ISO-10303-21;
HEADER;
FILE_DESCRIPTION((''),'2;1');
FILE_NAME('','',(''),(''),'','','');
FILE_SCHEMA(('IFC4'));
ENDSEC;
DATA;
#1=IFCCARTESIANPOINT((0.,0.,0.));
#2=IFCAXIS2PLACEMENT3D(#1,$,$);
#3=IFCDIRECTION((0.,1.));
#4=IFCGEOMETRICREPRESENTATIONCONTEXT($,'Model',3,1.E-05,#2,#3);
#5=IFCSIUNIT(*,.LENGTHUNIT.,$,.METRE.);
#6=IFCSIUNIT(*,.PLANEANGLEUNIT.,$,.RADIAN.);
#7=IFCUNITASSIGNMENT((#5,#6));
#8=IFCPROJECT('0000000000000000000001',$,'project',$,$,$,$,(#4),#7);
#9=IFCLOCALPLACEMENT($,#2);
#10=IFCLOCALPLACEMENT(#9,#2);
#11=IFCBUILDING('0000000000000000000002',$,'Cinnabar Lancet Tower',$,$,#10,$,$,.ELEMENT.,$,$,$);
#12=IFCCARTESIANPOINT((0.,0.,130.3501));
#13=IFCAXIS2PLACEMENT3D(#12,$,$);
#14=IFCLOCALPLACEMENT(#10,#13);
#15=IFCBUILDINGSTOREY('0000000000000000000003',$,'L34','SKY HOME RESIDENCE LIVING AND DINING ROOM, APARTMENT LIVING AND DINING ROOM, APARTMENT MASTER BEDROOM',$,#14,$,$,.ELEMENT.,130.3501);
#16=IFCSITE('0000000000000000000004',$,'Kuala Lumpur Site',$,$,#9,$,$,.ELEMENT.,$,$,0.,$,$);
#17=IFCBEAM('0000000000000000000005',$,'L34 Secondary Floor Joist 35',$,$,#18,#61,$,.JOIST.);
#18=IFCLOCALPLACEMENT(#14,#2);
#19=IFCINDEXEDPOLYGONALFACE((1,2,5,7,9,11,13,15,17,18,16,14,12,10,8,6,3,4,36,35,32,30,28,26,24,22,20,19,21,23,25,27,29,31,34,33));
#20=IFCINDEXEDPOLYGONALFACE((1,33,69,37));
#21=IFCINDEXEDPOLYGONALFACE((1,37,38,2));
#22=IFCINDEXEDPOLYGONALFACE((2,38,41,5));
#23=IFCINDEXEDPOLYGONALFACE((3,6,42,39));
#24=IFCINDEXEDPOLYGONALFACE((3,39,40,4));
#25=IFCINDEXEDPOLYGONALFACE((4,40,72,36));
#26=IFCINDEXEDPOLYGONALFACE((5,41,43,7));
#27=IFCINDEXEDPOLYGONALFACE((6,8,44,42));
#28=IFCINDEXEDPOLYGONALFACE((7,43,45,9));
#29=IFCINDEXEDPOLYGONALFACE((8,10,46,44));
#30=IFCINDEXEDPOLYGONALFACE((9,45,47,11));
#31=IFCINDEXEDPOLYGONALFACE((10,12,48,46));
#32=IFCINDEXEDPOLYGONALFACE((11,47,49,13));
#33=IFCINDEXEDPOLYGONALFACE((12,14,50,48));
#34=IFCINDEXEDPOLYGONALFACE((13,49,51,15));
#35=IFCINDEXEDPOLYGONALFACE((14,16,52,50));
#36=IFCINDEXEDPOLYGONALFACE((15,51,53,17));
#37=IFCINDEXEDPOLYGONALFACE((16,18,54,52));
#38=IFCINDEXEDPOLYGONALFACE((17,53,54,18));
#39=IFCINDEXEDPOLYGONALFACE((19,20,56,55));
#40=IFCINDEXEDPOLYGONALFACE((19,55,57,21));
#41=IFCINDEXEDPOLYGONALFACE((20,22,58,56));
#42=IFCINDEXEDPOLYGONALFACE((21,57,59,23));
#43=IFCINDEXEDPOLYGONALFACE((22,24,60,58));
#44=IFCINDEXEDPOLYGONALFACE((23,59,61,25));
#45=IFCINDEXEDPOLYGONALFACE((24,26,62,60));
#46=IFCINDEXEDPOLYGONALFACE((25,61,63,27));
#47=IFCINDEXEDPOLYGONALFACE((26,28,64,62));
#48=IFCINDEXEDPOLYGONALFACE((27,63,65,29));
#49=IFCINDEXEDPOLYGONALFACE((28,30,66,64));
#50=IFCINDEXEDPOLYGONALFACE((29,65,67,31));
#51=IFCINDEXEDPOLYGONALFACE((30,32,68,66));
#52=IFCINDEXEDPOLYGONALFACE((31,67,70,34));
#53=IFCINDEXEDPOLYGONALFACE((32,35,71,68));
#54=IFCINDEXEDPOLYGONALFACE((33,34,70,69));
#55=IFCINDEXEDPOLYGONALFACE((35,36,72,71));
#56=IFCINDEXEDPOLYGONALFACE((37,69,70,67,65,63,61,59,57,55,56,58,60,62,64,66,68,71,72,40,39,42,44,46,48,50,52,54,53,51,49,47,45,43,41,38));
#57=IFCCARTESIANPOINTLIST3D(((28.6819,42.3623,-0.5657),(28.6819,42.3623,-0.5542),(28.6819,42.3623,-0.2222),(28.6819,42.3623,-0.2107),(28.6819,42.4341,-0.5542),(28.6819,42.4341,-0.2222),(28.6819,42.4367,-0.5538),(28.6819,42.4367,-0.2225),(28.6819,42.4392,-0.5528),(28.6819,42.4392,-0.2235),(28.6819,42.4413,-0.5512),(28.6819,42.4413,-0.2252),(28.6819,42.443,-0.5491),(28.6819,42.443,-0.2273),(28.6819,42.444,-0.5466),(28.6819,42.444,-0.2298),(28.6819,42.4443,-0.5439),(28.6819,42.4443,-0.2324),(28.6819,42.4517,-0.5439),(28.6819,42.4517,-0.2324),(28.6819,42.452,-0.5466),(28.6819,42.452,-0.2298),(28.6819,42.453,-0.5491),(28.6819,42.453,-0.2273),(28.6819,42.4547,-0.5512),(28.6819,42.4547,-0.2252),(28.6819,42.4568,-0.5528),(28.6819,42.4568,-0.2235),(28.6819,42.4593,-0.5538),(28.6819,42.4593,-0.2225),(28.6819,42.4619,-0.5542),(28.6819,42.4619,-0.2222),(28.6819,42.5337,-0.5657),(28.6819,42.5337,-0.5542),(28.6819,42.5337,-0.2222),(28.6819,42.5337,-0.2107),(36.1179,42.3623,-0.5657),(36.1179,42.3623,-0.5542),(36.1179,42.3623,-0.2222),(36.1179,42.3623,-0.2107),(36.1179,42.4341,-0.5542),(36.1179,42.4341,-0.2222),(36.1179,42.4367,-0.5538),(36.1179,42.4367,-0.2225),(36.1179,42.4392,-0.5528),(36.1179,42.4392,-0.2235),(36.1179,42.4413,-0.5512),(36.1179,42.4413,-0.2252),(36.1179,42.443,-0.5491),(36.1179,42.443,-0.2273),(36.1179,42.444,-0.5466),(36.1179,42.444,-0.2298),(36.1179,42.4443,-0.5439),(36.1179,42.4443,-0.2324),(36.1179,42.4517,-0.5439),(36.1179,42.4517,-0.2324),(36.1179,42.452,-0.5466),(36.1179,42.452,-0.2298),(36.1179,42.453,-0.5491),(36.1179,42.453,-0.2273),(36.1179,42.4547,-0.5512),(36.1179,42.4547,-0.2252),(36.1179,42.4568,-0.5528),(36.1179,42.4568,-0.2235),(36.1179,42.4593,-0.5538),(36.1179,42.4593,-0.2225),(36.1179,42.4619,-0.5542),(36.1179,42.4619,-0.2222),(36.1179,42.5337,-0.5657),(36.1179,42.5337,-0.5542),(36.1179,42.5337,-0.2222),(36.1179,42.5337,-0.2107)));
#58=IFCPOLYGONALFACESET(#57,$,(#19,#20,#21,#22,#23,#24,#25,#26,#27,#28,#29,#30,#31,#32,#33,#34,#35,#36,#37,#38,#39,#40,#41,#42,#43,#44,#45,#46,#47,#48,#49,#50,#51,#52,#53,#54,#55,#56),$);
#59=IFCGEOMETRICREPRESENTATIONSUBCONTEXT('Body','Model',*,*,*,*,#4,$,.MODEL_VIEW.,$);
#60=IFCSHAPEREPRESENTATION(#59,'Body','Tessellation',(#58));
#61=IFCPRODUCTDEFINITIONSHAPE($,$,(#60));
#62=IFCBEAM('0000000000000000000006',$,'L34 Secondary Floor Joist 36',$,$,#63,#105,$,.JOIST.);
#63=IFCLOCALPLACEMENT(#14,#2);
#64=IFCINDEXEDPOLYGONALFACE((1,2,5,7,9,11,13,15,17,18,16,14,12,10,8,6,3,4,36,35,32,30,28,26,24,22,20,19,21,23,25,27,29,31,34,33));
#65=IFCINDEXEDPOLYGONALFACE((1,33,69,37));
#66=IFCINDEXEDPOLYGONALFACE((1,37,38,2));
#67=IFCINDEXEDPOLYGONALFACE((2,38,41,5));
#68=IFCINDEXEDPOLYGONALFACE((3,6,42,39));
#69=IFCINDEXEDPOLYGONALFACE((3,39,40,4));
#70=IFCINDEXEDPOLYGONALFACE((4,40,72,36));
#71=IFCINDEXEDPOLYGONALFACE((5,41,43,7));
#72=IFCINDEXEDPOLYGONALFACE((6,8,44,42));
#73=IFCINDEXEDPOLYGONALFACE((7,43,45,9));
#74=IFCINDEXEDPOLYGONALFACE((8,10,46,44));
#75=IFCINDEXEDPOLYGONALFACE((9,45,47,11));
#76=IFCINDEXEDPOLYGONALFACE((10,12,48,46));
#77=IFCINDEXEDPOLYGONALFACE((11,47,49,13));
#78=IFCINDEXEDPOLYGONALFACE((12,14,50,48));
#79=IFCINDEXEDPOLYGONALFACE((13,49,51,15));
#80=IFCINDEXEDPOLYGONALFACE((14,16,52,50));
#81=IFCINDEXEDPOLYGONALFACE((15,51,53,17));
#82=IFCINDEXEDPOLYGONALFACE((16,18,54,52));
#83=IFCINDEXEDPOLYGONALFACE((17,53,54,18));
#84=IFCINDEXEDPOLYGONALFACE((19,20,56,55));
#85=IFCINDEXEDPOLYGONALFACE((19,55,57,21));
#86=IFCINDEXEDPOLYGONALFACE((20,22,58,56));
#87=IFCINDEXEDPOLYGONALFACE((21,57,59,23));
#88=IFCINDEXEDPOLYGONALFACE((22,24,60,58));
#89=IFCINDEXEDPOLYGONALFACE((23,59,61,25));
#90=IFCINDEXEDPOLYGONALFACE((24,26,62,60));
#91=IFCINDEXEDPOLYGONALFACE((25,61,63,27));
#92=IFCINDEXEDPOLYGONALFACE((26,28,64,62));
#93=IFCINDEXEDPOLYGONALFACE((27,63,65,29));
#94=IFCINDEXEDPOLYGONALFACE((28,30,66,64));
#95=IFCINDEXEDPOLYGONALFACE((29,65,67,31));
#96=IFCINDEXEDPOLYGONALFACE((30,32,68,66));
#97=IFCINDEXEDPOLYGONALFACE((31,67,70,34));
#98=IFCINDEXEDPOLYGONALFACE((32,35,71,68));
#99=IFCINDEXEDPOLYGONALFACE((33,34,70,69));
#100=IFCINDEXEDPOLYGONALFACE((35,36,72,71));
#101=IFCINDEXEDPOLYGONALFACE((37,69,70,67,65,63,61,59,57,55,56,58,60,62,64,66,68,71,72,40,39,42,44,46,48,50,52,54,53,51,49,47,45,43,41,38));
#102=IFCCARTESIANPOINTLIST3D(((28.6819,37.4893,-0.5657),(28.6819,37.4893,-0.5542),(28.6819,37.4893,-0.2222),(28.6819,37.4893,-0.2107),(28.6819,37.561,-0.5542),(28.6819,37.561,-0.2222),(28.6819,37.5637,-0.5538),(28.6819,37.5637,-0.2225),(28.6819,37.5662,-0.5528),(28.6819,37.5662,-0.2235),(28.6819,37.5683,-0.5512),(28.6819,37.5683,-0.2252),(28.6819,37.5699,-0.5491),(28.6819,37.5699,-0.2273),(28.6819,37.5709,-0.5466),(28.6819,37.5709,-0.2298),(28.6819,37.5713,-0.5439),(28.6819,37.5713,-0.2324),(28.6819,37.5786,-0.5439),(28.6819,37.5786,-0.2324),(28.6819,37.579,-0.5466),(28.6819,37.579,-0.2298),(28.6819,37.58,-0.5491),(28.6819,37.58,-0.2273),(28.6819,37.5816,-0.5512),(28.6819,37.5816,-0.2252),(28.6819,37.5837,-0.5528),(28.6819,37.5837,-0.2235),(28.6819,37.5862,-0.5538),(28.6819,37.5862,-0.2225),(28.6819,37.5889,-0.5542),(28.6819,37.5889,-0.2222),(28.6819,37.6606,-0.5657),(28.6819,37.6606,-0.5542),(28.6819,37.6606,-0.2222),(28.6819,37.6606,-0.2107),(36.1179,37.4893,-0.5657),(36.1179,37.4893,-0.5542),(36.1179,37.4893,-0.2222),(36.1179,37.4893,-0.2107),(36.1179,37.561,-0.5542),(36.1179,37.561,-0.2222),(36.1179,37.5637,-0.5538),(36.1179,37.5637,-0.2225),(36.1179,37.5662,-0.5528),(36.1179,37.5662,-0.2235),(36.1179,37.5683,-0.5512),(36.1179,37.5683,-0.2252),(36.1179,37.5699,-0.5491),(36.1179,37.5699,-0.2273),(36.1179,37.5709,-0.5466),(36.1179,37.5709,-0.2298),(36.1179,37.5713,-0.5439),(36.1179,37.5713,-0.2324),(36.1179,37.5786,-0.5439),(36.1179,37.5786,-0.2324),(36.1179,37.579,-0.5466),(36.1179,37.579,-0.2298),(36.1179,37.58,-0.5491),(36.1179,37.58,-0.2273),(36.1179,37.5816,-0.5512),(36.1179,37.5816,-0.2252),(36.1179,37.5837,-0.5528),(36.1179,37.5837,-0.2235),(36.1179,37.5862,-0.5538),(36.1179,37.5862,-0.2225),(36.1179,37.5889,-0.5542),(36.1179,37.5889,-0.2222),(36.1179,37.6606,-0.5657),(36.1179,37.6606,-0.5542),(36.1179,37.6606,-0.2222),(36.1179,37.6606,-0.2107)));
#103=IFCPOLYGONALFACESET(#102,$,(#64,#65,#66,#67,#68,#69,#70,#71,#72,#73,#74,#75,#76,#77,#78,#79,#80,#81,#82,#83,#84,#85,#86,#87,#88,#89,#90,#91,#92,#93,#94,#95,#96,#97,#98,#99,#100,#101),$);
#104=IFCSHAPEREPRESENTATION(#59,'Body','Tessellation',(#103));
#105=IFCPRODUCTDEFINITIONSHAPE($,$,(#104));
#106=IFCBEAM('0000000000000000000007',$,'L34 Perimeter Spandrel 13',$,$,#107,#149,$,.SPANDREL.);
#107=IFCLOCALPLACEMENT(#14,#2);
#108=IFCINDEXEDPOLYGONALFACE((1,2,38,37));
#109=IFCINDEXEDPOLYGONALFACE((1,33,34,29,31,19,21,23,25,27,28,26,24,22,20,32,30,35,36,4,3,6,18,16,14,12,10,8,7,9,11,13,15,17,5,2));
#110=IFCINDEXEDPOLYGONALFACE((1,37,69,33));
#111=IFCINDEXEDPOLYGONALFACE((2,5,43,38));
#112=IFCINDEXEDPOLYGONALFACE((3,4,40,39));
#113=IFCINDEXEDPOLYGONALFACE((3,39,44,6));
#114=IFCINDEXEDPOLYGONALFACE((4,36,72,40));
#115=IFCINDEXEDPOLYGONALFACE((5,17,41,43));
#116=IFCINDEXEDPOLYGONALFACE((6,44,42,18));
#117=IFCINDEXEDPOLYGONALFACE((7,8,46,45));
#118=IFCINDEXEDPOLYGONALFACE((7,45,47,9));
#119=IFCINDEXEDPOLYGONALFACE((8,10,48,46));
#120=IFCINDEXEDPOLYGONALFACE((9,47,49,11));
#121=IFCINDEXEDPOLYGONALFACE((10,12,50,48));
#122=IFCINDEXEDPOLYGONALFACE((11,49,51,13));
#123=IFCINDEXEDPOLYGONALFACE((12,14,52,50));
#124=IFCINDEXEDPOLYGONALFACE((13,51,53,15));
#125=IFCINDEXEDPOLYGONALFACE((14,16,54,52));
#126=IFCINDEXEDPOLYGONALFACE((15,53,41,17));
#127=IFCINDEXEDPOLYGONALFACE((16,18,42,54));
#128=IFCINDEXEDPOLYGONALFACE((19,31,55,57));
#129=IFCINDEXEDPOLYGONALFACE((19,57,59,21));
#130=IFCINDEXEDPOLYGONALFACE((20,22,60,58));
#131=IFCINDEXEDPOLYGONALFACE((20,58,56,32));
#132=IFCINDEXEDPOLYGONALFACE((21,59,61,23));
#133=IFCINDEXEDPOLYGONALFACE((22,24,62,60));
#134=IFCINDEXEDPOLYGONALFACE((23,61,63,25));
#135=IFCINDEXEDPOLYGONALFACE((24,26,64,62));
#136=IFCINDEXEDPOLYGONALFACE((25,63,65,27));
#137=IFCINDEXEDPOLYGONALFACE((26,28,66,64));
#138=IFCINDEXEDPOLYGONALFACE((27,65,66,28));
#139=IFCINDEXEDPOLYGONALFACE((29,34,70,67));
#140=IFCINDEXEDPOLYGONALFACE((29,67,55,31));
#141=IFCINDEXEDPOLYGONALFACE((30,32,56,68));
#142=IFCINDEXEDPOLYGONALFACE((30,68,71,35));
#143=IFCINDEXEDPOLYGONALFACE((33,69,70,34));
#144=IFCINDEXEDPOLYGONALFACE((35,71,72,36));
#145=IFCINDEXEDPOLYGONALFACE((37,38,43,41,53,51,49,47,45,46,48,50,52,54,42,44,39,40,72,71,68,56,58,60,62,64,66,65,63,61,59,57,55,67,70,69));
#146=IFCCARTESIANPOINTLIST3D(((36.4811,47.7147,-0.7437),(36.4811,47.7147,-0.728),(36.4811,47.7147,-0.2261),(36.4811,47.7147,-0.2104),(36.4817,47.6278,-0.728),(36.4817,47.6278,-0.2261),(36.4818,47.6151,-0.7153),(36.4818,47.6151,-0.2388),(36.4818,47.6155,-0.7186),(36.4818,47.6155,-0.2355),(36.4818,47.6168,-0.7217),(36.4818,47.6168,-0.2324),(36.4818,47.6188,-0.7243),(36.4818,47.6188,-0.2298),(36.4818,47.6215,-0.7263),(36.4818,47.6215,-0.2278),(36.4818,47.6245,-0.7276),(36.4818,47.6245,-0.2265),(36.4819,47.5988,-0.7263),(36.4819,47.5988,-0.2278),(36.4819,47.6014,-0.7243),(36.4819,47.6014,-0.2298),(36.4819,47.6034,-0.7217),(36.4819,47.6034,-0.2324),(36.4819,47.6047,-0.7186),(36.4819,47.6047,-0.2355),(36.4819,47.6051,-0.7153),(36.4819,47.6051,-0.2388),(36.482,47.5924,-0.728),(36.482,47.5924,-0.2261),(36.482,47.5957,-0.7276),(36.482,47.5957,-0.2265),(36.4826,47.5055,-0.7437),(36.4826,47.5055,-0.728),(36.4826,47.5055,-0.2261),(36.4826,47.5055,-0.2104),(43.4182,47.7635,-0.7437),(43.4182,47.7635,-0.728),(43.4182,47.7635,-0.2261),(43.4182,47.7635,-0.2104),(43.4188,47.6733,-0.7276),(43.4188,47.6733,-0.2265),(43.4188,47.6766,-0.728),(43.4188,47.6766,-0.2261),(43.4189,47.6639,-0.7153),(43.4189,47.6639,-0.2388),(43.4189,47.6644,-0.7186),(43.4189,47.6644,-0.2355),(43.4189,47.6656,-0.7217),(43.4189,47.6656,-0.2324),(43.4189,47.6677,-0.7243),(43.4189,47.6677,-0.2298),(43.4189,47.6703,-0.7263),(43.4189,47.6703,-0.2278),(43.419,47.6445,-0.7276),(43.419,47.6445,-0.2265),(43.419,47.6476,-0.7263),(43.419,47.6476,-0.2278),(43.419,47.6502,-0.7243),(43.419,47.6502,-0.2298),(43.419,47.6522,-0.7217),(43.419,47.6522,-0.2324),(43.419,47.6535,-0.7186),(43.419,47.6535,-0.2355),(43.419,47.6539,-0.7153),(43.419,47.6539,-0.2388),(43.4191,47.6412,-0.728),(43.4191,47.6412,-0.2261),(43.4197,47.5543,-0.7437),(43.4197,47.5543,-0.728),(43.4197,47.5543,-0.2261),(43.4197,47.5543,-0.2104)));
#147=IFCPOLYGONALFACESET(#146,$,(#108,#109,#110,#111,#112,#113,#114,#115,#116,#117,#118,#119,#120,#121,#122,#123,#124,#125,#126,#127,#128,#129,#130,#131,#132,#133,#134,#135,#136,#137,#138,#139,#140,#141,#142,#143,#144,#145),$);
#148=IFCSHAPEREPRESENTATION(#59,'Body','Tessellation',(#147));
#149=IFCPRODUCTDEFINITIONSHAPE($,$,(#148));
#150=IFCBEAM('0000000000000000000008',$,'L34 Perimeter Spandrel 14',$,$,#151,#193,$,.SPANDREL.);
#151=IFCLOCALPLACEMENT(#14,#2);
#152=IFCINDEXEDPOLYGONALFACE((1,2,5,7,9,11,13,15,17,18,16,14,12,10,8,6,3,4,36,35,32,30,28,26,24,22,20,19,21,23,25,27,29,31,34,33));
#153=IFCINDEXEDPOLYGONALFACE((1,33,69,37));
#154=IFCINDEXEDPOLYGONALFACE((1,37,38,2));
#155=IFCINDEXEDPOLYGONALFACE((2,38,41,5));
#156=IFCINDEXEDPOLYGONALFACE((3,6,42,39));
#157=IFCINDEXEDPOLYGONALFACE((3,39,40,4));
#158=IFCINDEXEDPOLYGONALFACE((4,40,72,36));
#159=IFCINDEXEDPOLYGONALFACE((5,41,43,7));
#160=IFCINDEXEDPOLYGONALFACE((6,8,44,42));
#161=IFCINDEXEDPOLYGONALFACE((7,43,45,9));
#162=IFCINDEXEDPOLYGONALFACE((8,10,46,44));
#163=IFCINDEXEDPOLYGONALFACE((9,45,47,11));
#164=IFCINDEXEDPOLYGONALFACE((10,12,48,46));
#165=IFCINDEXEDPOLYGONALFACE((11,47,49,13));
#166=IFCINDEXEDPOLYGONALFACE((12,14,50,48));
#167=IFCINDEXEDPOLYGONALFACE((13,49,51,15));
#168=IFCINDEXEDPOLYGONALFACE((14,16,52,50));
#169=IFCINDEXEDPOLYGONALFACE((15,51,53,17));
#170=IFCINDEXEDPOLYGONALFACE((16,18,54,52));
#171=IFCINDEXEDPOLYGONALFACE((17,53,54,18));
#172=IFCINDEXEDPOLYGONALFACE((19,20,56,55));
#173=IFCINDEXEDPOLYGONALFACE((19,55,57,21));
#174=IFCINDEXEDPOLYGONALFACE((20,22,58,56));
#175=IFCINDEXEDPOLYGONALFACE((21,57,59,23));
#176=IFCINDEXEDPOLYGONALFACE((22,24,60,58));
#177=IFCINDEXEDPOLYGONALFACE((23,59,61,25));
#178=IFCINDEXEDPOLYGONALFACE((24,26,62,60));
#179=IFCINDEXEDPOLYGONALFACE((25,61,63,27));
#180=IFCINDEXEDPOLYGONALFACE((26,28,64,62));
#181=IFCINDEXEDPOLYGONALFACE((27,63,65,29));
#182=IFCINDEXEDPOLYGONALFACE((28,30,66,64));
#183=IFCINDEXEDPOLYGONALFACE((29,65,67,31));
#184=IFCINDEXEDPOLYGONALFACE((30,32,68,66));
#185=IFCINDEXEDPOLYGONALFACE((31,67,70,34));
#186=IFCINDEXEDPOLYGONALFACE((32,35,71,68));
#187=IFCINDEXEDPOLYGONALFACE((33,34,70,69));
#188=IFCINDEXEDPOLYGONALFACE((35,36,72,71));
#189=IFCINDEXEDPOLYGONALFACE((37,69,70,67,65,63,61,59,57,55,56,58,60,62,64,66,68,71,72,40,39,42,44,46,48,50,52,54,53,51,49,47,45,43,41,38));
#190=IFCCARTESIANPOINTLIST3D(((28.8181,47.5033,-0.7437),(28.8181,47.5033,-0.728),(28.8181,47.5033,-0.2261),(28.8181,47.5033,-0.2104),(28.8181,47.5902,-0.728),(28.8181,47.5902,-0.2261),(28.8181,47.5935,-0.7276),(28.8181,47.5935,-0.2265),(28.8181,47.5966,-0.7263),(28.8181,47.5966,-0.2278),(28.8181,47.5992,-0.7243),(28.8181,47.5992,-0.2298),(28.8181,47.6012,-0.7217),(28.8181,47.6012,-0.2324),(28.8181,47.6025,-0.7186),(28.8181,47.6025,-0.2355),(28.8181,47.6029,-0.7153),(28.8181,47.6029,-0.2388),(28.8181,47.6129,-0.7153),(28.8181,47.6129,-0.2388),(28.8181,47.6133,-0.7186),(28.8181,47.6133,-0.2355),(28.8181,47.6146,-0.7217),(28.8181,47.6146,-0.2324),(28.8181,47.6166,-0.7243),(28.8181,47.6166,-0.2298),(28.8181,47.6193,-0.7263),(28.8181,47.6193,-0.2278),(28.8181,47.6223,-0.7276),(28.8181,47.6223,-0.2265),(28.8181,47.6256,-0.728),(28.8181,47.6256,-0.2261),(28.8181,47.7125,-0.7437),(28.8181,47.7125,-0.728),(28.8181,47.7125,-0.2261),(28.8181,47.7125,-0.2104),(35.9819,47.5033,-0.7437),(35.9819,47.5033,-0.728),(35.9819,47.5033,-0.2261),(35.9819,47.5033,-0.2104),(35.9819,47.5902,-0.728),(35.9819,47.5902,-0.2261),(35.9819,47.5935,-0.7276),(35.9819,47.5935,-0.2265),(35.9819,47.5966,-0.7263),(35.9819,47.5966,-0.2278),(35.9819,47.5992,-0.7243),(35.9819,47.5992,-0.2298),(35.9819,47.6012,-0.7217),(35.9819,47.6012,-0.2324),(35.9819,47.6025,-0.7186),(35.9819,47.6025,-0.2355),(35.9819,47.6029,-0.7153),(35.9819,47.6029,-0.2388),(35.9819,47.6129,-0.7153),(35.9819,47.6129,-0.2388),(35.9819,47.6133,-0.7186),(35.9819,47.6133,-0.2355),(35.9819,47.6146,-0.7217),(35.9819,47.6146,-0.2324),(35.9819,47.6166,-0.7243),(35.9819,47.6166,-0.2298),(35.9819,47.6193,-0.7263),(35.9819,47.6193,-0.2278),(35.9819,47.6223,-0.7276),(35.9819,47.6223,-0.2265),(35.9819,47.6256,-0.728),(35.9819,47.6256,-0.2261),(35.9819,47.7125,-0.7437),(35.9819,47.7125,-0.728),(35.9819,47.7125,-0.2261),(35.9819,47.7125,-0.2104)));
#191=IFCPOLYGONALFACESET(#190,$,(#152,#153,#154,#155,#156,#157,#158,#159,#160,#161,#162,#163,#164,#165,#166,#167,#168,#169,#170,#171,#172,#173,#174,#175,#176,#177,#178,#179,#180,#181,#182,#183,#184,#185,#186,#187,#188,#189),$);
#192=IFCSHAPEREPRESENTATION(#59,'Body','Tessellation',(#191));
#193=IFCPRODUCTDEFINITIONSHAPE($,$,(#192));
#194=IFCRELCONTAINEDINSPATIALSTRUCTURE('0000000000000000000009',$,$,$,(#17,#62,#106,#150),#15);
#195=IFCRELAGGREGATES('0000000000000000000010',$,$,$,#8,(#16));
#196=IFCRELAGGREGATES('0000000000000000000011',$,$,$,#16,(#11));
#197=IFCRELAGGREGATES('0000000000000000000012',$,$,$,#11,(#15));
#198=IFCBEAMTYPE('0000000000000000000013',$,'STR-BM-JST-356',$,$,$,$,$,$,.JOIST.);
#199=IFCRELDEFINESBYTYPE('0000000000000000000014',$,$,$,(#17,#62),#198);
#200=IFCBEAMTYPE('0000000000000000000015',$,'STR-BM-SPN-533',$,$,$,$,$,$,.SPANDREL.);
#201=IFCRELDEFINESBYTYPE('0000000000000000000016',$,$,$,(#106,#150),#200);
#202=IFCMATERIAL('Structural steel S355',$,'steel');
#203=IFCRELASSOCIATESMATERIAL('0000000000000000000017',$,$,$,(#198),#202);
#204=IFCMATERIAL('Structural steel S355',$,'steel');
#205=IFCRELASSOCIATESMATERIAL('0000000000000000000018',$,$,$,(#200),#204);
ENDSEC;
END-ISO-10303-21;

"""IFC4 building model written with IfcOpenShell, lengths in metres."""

from ifc_helpers import new_model, si_unit, direction, frame, origin, origin_2d, place, context, subcontext, project, spatial, i_section, extrude, material, material_profile, profile_set, type_object, element, save


model = new_model("IFC4")

# Units and contexts
model_context = context("Model", 3, precision=1e-05, world=origin(), true_north=direction((0.0, 1.0)))
body_context = subcontext(model_context, "Body", "Model", "MODEL_VIEW")
ifc_project = project(units=[si_unit("LENGTHUNIT", "METRE"), si_unit("PLANEANGLEUNIT", "RADIAN")], contexts=[model_context])

# Site, building, storey
site_placement = place(None, origin())
site = spatial("IfcSite", under=ifc_project, at=site_placement, Name="Kuala Lumpur Site", CompositionType="ELEMENT", RefElevation=0.0)
building_placement = place(site_placement, origin())
building = spatial("IfcBuilding", under=site, at=building_placement, Name="Cinnabar Lancet Tower", CompositionType="ELEMENT")
storey_placement = place(building_placement, frame((0.0, 0.0, 130.3501)))
storey = spatial("IfcBuildingStorey", under=building, at=storey_placement, Name="L34", Description="SKY HOME RESIDENCE LIVING AND DINING ROOM, APARTMENT LIVING AND DINING ROOM, APARTMENT MASTER BEDROOM", CompositionType="ELEMENT", Elevation=130.3501)

# Beams
ifc_material_1 = material(Name="Structural steel S355", Category="steel")
ifc_material_profile_1 = material_profile(ifc_material_1, i_section(OverallWidth=0.1714, OverallDepth=0.355, WebThickness=0.0073, FlangeThickness=0.0115, FilletRadius=0.0103, at=origin_2d()), Name="UKB 356x171x51")
ifc_profile_set_1 = profile_set([ifc_material_profile_1], Name="Structural steel S355")
beam_type_1 = type_object("IfcBeamType", Name="STR-BM-JST-356", PredefinedType="JOIST", material=ifc_profile_set_1)
for number, where, z_axis, x_axis, name in (
    (1, (36.1179, 42.448, -0.3882), (-1.0, 0.0, 0.0), (0.0, -1.0, 0.0), "L34 Secondary Floor Joist 35"),
    (2, (36.1179, 37.575, -0.3882), (-1.0, 0.0, 0.0), (0.0, -1.0, 0.0), "L34 Secondary Floor Joist 36"),
):
    element("IfcBeam", number, at=place(storey_placement, frame(where, z_axis=z_axis, x_axis=x_axis)), inside=storey, type_object=beam_type_1, Name=name, PredefinedType="JOIST", context=body_context, shape_type="SweptSolid", body=[
        extrude(i_section(OverallWidth=0.1714, OverallDepth=0.355, WebThickness=0.0073, FlangeThickness=0.0115, FilletRadius=0.0103, at=origin_2d()), origin(), (0.0, 0.0, 1.0), 7.436),
    ])
ifc_material_2 = material(Name="Structural steel S355", Category="steel")
ifc_material_profile_2 = material_profile(ifc_material_2, i_section(OverallWidth=0.2092, OverallDepth=0.5332, WebThickness=0.01, FlangeThickness=0.0156, FilletRadius=0.0127, at=origin_2d()), Name="UKB 533x210x92")
ifc_profile_set_2 = profile_set([ifc_material_profile_2], Name="Structural steel S355")
beam_type_2 = type_object("IfcBeamType", Name="STR-BM-SPN-533", PredefinedType="SPANDREL", material=ifc_profile_set_2)
beam_1_placement = place(storey_placement, frame((43.4189, 47.6589, -0.4771), z_axis=(-0.999975, -0.007039, 0.0), x_axis=(0.007039, -0.999975, 0.0)))
element("IfcBeam", 3, at=beam_1_placement, inside=storey, type_object=beam_type_2, Name="L34 Perimeter Spandrel 13", PredefinedType="SPANDREL", context=body_context, shape_type="SweptSolid", body=[
    extrude(i_section(OverallWidth=0.2092, OverallDepth=0.5332, WebThickness=0.01, FlangeThickness=0.0156, FilletRadius=0.0127, at=origin_2d()), origin(), (0.0, 0.0, 1.0), 6.9373),
])
beam_2_placement = place(storey_placement, frame((35.9819, 47.6079, -0.4771), z_axis=(-1.0, 0.0, 0.0), x_axis=(0.0, -1.0, 0.0)))
element("IfcBeam", 4, at=beam_2_placement, inside=storey, type_object=beam_type_2, Name="L34 Perimeter Spandrel 14", PredefinedType="SPANDREL", context=body_context, shape_type="SweptSolid", body=[
    extrude(i_section(OverallWidth=0.2092, OverallDepth=0.5332, WebThickness=0.01, FlangeThickness=0.0156, FilletRadius=0.0127, at=origin_2d()), origin(), (0.0, 0.0, 1.0), 7.1638),
])

save(model, "model.ifc")
